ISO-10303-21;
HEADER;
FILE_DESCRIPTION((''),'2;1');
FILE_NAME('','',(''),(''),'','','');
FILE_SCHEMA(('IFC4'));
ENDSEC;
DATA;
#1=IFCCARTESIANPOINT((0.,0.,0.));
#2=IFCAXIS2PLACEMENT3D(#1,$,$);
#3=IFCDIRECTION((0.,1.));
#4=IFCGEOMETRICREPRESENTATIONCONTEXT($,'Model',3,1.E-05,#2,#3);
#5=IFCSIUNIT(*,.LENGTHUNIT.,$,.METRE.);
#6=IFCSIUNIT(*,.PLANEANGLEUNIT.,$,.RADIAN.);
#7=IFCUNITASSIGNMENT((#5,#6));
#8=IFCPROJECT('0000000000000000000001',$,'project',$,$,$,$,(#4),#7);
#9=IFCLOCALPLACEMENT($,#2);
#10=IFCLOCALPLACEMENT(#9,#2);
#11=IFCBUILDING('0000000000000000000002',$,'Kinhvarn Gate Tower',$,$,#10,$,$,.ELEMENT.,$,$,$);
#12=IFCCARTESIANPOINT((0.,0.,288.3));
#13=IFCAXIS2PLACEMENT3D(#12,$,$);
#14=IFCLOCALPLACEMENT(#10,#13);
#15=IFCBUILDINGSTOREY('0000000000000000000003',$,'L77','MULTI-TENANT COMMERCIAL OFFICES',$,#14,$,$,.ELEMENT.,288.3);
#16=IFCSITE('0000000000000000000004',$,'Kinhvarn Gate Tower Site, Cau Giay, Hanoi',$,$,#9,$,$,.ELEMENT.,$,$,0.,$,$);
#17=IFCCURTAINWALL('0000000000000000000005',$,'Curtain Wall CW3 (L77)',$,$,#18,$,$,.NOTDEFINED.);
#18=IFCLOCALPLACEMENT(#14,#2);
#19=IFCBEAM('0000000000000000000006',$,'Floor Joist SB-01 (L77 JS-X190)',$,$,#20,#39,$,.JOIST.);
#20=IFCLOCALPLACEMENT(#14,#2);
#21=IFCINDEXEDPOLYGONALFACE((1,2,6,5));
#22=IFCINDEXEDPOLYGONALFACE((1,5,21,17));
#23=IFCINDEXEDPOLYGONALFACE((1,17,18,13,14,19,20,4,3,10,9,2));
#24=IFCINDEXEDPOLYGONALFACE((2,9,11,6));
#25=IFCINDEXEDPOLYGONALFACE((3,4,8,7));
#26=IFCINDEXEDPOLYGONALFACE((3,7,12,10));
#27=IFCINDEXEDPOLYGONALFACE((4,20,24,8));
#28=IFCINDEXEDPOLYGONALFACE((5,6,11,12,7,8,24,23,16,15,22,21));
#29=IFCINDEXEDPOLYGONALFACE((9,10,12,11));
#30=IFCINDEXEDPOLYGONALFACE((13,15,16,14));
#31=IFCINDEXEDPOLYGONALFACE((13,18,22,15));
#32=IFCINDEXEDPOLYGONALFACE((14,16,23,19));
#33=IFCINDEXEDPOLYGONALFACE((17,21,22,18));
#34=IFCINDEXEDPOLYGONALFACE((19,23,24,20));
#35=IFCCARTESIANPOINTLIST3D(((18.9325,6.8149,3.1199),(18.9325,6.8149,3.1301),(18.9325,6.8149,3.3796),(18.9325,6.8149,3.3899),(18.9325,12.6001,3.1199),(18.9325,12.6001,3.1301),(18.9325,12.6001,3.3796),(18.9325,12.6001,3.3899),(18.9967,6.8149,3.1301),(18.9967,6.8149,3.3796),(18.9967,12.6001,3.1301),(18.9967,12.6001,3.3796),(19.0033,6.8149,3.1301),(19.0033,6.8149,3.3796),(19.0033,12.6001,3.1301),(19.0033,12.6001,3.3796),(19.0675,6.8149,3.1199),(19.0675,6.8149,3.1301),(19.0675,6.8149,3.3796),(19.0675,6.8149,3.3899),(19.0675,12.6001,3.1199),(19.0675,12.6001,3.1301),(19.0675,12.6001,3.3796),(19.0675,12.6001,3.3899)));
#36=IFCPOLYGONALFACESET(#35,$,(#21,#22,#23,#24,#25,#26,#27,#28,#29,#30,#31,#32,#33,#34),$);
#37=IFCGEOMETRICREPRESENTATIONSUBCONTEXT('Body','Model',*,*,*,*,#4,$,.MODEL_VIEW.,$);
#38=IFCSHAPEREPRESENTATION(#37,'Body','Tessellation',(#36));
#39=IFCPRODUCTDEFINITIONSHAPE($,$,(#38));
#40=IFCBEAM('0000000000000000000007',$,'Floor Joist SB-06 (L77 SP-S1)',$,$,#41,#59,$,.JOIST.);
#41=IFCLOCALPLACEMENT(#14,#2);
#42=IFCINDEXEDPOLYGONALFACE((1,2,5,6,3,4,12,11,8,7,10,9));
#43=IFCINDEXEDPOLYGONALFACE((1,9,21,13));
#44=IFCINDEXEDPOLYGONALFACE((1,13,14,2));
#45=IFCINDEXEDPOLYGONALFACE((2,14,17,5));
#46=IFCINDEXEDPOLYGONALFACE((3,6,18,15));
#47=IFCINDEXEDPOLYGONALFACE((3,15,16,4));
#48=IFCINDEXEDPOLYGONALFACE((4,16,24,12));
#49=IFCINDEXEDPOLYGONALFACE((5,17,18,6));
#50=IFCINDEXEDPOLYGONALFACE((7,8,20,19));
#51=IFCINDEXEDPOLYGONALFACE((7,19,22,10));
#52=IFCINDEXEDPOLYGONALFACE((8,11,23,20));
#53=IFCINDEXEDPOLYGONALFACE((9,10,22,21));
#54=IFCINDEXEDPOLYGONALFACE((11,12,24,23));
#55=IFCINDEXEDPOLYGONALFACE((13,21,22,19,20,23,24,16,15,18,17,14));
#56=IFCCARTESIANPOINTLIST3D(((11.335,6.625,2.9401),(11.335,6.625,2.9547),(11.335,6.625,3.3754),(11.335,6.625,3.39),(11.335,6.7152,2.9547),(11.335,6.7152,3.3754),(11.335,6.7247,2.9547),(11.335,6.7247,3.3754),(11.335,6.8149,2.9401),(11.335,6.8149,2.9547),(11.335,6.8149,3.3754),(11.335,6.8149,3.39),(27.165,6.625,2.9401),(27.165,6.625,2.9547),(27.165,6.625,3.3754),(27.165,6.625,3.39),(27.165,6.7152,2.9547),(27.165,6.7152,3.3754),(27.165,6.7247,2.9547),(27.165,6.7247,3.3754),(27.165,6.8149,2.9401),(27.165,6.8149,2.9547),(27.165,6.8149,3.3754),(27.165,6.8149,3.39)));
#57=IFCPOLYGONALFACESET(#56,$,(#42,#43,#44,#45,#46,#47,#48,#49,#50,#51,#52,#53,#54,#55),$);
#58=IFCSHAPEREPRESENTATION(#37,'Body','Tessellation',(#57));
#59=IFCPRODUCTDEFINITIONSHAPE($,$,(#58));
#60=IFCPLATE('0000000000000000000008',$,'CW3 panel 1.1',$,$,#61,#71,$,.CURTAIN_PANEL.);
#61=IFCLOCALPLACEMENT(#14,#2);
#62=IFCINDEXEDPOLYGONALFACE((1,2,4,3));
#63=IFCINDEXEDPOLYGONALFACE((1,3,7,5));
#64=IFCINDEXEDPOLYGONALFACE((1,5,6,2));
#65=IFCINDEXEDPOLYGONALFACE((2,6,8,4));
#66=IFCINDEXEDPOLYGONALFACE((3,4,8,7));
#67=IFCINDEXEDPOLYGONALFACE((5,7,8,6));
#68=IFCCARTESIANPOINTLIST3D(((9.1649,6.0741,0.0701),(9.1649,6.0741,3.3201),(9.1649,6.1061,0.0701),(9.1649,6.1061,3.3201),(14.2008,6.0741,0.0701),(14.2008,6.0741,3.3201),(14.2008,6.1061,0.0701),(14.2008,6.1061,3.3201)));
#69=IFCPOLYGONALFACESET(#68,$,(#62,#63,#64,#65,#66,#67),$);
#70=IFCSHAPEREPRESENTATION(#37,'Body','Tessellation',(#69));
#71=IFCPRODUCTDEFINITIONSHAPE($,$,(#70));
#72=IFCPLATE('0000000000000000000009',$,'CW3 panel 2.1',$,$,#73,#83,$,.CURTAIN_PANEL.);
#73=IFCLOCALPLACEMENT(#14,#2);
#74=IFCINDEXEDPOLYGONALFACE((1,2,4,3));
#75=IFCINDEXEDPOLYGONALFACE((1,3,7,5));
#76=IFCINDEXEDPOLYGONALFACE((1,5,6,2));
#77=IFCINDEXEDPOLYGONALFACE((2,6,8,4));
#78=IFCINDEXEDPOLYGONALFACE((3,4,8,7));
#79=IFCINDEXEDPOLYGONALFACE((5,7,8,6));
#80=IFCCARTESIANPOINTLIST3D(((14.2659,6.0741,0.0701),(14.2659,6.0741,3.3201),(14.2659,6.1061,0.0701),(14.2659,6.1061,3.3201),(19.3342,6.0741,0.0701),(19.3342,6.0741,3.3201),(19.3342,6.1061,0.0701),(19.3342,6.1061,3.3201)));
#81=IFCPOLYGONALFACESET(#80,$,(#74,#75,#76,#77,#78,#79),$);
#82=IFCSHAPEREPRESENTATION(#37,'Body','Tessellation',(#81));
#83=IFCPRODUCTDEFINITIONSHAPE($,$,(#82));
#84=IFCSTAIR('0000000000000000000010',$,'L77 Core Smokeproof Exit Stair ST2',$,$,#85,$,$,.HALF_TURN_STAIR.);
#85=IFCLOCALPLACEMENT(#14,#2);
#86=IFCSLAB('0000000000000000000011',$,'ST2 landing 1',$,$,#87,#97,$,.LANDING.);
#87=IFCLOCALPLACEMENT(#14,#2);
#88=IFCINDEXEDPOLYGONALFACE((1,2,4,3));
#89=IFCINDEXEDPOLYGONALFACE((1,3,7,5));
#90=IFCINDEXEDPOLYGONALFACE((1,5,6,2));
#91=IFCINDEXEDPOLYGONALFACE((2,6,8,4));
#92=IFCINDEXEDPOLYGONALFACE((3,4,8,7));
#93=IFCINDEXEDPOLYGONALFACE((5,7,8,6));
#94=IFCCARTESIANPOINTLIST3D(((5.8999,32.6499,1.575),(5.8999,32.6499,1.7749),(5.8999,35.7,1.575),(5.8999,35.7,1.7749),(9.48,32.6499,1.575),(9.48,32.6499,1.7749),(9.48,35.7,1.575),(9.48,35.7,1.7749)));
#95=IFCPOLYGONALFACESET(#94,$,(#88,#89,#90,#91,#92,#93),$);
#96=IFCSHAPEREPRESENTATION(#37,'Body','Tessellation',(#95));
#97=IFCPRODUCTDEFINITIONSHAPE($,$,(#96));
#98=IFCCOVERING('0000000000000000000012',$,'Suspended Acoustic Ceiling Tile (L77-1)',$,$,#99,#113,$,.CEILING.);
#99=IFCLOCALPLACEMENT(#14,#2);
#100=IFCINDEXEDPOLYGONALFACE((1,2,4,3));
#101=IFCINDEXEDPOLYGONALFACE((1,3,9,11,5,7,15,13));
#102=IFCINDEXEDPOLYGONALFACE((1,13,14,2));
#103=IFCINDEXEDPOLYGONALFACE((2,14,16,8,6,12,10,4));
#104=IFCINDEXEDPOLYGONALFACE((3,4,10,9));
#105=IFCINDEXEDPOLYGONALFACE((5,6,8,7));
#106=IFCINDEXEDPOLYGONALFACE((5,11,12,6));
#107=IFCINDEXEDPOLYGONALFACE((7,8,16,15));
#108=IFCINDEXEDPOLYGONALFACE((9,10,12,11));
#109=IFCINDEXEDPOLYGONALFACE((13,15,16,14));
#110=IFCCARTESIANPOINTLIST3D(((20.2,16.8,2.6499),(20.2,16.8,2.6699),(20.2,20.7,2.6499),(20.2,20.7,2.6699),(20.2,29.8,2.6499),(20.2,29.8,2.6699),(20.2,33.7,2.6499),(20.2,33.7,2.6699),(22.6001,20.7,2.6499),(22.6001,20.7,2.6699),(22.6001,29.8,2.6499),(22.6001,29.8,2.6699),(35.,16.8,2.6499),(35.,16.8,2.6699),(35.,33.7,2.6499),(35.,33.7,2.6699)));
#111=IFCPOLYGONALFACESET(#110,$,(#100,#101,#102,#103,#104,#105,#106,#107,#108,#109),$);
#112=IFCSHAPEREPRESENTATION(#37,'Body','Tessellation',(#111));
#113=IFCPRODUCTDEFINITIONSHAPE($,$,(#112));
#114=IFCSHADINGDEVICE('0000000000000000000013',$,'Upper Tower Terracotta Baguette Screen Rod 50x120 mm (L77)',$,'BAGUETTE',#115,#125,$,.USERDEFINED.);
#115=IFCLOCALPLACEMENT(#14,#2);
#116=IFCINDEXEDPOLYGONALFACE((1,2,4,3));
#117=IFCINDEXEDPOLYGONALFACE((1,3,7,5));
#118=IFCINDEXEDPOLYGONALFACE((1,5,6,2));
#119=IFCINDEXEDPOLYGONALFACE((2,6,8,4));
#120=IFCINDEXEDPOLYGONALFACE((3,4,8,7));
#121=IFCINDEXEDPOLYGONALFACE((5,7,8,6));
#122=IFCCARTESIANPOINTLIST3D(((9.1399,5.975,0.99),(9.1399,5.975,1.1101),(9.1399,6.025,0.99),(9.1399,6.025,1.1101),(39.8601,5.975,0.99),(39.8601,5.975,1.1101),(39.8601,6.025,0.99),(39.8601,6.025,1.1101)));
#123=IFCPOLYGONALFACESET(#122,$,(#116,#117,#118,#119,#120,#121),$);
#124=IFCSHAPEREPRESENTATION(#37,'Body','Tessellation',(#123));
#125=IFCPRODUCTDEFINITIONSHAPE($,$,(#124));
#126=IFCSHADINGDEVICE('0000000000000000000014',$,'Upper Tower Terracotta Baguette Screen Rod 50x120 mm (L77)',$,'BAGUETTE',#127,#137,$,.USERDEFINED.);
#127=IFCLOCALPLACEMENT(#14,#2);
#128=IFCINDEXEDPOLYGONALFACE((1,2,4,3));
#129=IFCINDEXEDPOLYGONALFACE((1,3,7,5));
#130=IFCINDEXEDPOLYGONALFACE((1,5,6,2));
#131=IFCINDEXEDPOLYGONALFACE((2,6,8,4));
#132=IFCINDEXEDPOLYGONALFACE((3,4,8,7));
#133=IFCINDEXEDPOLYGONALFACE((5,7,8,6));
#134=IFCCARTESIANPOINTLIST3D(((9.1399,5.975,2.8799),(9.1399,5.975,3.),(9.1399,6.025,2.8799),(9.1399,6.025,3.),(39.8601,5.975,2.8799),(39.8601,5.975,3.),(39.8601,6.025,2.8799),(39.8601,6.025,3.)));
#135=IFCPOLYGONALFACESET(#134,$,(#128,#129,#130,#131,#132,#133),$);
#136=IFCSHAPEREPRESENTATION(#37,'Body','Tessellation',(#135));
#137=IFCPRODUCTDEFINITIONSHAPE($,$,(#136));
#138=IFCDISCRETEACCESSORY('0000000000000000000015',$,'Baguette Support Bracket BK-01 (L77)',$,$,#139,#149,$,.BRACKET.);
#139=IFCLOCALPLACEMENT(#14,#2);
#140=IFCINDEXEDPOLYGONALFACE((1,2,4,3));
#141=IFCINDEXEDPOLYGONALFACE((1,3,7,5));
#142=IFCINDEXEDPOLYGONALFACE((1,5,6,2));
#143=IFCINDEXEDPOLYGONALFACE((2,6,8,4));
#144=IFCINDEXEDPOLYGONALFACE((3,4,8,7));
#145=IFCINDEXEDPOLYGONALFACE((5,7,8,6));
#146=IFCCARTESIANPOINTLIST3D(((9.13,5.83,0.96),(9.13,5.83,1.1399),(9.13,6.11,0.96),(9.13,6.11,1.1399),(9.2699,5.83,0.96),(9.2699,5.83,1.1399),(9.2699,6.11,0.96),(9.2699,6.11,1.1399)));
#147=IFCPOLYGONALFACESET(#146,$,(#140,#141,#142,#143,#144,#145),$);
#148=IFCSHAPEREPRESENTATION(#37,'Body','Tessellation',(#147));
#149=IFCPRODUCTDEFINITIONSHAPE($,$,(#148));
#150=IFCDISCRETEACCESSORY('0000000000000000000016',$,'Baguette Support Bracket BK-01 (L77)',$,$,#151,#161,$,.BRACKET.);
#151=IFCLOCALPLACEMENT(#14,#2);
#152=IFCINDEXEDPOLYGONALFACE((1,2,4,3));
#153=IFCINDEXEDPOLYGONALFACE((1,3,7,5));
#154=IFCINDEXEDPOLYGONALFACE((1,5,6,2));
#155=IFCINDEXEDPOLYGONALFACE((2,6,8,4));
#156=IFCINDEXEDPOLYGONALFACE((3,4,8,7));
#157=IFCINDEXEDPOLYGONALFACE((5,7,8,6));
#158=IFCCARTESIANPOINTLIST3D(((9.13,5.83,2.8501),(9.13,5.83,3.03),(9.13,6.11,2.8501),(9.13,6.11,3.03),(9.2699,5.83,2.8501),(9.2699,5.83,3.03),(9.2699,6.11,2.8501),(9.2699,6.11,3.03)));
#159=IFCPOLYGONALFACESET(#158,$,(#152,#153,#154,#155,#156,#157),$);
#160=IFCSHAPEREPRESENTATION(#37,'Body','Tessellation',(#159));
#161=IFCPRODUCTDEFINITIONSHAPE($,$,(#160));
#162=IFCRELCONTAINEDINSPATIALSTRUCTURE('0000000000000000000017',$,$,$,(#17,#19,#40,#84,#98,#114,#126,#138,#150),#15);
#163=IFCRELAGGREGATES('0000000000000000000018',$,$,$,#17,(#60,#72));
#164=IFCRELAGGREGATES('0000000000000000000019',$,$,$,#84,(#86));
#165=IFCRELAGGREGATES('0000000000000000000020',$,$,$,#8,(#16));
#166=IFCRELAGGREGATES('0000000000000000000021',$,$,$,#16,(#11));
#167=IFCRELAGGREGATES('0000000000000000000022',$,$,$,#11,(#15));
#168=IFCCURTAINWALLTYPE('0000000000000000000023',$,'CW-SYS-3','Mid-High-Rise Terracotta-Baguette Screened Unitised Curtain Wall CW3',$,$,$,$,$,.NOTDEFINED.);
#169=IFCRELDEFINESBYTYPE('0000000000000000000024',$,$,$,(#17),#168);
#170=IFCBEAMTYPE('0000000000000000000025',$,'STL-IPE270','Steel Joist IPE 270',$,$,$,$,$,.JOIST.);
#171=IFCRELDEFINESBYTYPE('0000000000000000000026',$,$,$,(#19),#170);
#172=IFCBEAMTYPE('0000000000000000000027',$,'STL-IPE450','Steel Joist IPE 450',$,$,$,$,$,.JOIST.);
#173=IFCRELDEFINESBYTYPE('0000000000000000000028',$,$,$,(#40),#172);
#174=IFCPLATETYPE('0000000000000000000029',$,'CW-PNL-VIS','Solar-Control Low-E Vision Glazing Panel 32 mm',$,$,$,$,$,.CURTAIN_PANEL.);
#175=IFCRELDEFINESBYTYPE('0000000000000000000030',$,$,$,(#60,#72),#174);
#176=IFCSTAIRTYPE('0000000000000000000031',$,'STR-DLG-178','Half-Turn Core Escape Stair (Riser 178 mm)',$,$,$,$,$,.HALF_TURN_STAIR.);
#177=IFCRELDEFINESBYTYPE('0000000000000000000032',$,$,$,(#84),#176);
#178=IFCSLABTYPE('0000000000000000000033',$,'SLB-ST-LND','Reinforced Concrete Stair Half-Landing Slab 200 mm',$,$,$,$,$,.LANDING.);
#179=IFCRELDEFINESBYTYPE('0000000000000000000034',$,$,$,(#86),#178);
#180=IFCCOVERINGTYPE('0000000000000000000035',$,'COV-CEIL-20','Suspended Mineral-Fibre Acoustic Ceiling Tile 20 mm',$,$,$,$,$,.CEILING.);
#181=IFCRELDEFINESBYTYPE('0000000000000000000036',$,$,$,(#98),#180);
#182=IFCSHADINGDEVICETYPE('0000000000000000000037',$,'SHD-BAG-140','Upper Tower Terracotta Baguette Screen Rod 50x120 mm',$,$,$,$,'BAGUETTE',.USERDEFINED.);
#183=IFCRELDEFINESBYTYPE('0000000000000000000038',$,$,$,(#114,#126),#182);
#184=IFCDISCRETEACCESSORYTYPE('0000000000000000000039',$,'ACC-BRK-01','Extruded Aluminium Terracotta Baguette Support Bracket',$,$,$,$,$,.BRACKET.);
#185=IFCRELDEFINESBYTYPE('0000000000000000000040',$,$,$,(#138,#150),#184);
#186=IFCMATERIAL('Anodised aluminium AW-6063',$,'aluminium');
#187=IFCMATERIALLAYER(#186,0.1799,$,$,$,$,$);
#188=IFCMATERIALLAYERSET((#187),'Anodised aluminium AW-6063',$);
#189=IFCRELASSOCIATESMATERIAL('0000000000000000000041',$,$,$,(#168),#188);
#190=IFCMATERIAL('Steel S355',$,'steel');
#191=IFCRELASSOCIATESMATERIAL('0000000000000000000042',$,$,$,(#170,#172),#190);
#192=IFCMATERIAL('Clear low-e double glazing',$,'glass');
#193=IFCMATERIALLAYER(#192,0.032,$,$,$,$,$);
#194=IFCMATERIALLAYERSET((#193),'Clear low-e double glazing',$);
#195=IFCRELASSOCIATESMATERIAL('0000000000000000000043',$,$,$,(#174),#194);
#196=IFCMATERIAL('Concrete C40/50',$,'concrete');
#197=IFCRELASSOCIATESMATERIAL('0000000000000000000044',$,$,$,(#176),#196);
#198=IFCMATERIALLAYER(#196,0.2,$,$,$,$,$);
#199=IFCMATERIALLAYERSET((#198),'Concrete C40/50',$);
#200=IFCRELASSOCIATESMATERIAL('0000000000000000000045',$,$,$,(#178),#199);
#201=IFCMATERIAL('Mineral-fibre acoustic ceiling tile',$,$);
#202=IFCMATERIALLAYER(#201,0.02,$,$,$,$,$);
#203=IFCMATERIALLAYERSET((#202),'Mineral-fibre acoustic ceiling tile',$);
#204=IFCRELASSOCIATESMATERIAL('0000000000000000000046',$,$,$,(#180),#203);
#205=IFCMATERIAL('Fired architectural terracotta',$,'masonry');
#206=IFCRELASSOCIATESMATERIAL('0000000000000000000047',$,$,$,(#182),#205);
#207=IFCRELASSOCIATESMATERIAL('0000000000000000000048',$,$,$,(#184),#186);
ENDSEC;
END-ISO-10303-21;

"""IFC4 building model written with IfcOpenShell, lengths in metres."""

from ifc_helpers import new_model, si_unit, direction, frame, origin, origin_2d, place, context, subcontext, project, spatial, polyline, rectangle, i_section, outline, extrude, material, layer, layer_set, material_profile, profile_set, type_object, element, aggregate, save


model = new_model("IFC4")

# Units and contexts
model_context = context("Model", 3, precision=1e-05, world=origin(), true_north=direction((0.0, 1.0)))
body_context = subcontext(model_context, "Body", "Model", "MODEL_VIEW")
ifc_project = project(units=[si_unit("LENGTHUNIT", "METRE"), si_unit("PLANEANGLEUNIT", "RADIAN")], contexts=[model_context])

# Site, building, storey
site_placement = place(None, origin())
site = spatial("IfcSite", under=ifc_project, at=site_placement, Name="Kinhvarn Gate Tower Site, Cau Giay, Hanoi", CompositionType="ELEMENT", RefElevation=0.0)
building_placement = place(site_placement, origin())
building = spatial("IfcBuilding", under=site, at=building_placement, Name="Kinhvarn Gate Tower", CompositionType="ELEMENT")
storey_placement = place(building_placement, frame((0.0, 0.0, 288.3)))
storey = spatial("IfcBuildingStorey", under=building, at=storey_placement, Name="L77", Description="MULTI-TENANT COMMERCIAL OFFICES", CompositionType="ELEMENT", Elevation=288.3)

# Curtain wall
ifc_material_1 = material(Name="Anodised aluminium AW-6063", Category="aluminium")
ifc_layer_1 = layer(ifc_material_1, 0.1799)
ifc_layer_set_1 = layer_set([ifc_layer_1], Name="Anodised aluminium AW-6063")
curtain_wall_type = type_object("IfcCurtainWallType", Name="CW-SYS-3", Description="Mid-High-Rise Terracotta-Baguette Screened Unitised Curtain Wall CW3", PredefinedType="NOTDEFINED", material=ifc_layer_set_1)
curtain_wall_placement = place(storey_placement, origin())
curtain_wall = element("IfcCurtainWall", 1, at=curtain_wall_placement, inside=storey, type_object=curtain_wall_type, Name="Curtain Wall CW3 (L77)", PredefinedType="NOTDEFINED")

# Beams
ifc_material_2 = material(Name="Steel S355", Category="steel")
ifc_material_profile_1 = material_profile(ifc_material_2, i_section(OverallWidth=0.135, OverallDepth=0.27, WebThickness=0.0066, FlangeThickness=0.0103, at=origin_2d()), Name="IPE 270")
ifc_profile_set_1 = profile_set([ifc_material_profile_1], Name="Steel S355")
beam_type_1 = type_object("IfcBeamType", Name="STL-IPE270", Description="Steel Joist IPE 270", PredefinedType="JOIST", material=ifc_profile_set_1)
for number, where, z_axis, x_axis, name in (
    (2, (19.0, 6.8149, 3.2549), (0.0, 1.0, 0.0), (-1.0, 0.0, 0.0), "Floor Joist SB-01 (L77 JS-X190)"),
):
    element("IfcBeam", number, at=place(storey_placement, frame(where, z_axis=z_axis, x_axis=x_axis)), inside=storey, type_object=beam_type_1, Name=name, PredefinedType="JOIST", context=body_context, shape_type="SweptSolid", body=[
        extrude(i_section(OverallWidth=0.135, OverallDepth=0.27, WebThickness=0.0066, FlangeThickness=0.0103, at=origin_2d()), origin(), (0.0, 0.0, 1.0), 5.7852),
    ])
ifc_material_profile_2 = material_profile(ifc_material_2, i_section(OverallWidth=0.1899, OverallDepth=0.45, WebThickness=0.0095, FlangeThickness=0.0146, at=origin_2d()), Name="IPE 450")
ifc_profile_set_2 = profile_set([ifc_material_profile_2], Name="Steel S355")
beam_type_2 = type_object("IfcBeamType", Name="STL-IPE450", Description="Steel Joist IPE 450", PredefinedType="JOIST", material=ifc_profile_set_2)
beam_1_placement = place(storey_placement, frame((11.335, 6.72, 3.165), z_axis=(1.0, 0.0, 0.0), x_axis=(0.0, 1.0, 0.0)))
element("IfcBeam", 3, at=beam_1_placement, inside=storey, type_object=beam_type_2, Name="Floor Joist SB-06 (L77 SP-S1)", PredefinedType="JOIST", context=body_context, shape_type="SweptSolid", body=[
    extrude(i_section(OverallWidth=0.1899, OverallDepth=0.45, WebThickness=0.0095, FlangeThickness=0.0146, at=origin_2d()), origin(), (0.0, 0.0, 1.0), 15.8301),
])

# Plates
ifc_material_3 = material(Name="Clear low-e double glazing", Category="glass")
ifc_layer_2 = layer(ifc_material_3, 0.032)
ifc_layer_set_2 = layer_set([ifc_layer_2], Name="Clear low-e double glazing")
plate_type = type_object("IfcPlateType", Name="CW-PNL-VIS", Description="Solar-Control Low-E Vision Glazing Panel 32 mm", PredefinedType="CURTAIN_PANEL", material=ifc_layer_set_2)
plate_1_placement = place(storey_placement, frame((11.6829, 6.0901, 0.0701), z_axis=(0.0, 0.0, 1.0), x_axis=(1.0, 0.0, 0.0)))
plate_1 = element("IfcPlate", 4, at=plate_1_placement, type_object=plate_type, Name="CW3 panel 1.1", PredefinedType="CURTAIN_PANEL", context=body_context, shape_type="SweptSolid", body=[
    extrude(rectangle(XDim=5.0359, YDim=0.032, at=origin_2d()), origin(), (0.0, 0.0, 1.0), 3.25),
])
plate_2_placement = place(storey_placement, frame((16.8, 6.0901, 0.0701), z_axis=(0.0, 0.0, 1.0), x_axis=(1.0, 0.0, 0.0)))
plate_2 = element("IfcPlate", 5, at=plate_2_placement, type_object=plate_type, Name="CW3 panel 2.1", PredefinedType="CURTAIN_PANEL", context=body_context, shape_type="SweptSolid", body=[
    extrude(rectangle(XDim=5.0684, YDim=0.032, at=origin_2d()), origin(), (0.0, 0.0, 1.0), 3.25),
])
aggregate(curtain_wall, [plate_1, plate_2])

# Stair, slab
ifc_material_4 = material(Name="Concrete C40/50", Category="concrete")
stair_type = type_object("IfcStairType", Name="STR-DLG-178", Description="Half-Turn Core Escape Stair (Riser 178 mm)", PredefinedType="HALF_TURN_STAIR", material=ifc_material_4)
stair_placement = place(storey_placement, origin())
stair = element("IfcStair", 6, at=stair_placement, inside=storey, type_object=stair_type, Name="L77 Core Smokeproof Exit Stair ST2", PredefinedType="HALF_TURN_STAIR")
ifc_layer_3 = layer(ifc_material_4, 0.2)
ifc_layer_set_3 = layer_set([ifc_layer_3], Name="Concrete C40/50")
slab_type = type_object("IfcSlabType", Name="SLB-ST-LND", Description="Reinforced Concrete Stair Half-Landing Slab 200 mm", PredefinedType="LANDING", material=ifc_layer_set_3)
slab_placement = place(storey_placement, frame((0.0, 0.0, 1.575)))
slab = element("IfcSlab", 7, at=slab_placement, type_object=slab_type, Name="ST2 landing 1", PredefinedType="LANDING", context=body_context, shape_type="SweptSolid", body=[
    extrude(outline(polyline([(9.48, 35.7), (5.8999, 35.7), (5.8999, 32.6499), (9.48, 32.6499), (9.48, 35.7)])), origin(), (0.0, 0.0, 1.0), 0.2),
])
aggregate(stair, [slab])

# Covering
ifc_material_5 = material(Name="Mineral-fibre acoustic ceiling tile")
ifc_layer_4 = layer(ifc_material_5, 0.02)
ifc_layer_set_4 = layer_set([ifc_layer_4], Name="Mineral-fibre acoustic ceiling tile")
covering_type = type_object("IfcCoveringType", Name="COV-CEIL-20", Description="Suspended Mineral-Fibre Acoustic Ceiling Tile 20 mm", PredefinedType="CEILING", material=ifc_layer_set_4)
covering_placement = place(storey_placement, frame((0.0, 0.0, 2.6499)))
element("IfcCovering", 8, at=covering_placement, inside=storey, type_object=covering_type, Name="Suspended Acoustic Ceiling Tile (L77-1)", PredefinedType="CEILING", context=body_context, shape_type="SweptSolid", body=[
    extrude(outline(polyline([(35.0, 33.7), (35.0, 16.8), (20.2, 16.8), (20.2, 20.7), (22.6001, 20.7), (22.6001, 29.8), (20.2, 29.8), (20.2, 33.7), (35.0, 33.7)])), origin(), (0.0, 0.0, 1.0), 0.02),
])

# Shading devices
ifc_material_6 = material(Name="Fired architectural terracotta", Category="masonry")
ifc_material_profile_3 = material_profile(ifc_material_6, rectangle(XDim=0.05, YDim=0.1201, at=origin_2d()), Name="TC 50x120")
ifc_profile_set_3 = profile_set([ifc_material_profile_3], Name="Fired architectural terracotta")
shading_device_type = type_object("IfcShadingDeviceType", Name="SHD-BAG-140", Description="Upper Tower Terracotta Baguette Screen Rod 50x120 mm", ElementType="BAGUETTE", PredefinedType="USERDEFINED", material=ifc_profile_set_3)
for number, where, z_axis, x_axis, name in (
    (9, (9.1399, 6.0, 1.05), (1.0, 0.0, 0.0), (0.0, 1.0, 0.0), "Upper Tower Terracotta Baguette Screen Rod 50x120 mm (L77)"),
    (10, (9.1399, 6.0, 2.9399), (1.0, 0.0, 0.0), (0.0, 1.0, 0.0), "Upper Tower Terracotta Baguette Screen Rod 50x120 mm (L77)"),
):
    element("IfcShadingDevice", number, at=place(storey_placement, frame(where, z_axis=z_axis, x_axis=x_axis)), inside=storey, type_object=shading_device_type, Name=name, ObjectType="BAGUETTE", PredefinedType="USERDEFINED", context=body_context, shape_type="SweptSolid", body=[
        extrude(rectangle(XDim=0.05, YDim=0.1201, at=origin_2d()), origin(), (0.0, 0.0, 1.0), 30.7202),
    ])

# Discrete accessories
discrete_accessory_type = type_object("IfcDiscreteAccessoryType", Name="ACC-BRK-01", Description="Extruded Aluminium Terracotta Baguette Support Bracket", PredefinedType="BRACKET", material=ifc_material_1)
for number, where, z_axis, x_axis, name in (
    (11, (9.2, 5.97, 0.96), (0.0, 0.0, 1.0), (1.0, 0.0, 0.0), "Baguette Support Bracket BK-01 (L77)"),
    (12, (9.2, 5.97, 2.8501), (0.0, 0.0, 1.0), (1.0, 0.0, 0.0), "Baguette Support Bracket BK-01 (L77)"),
):
    element("IfcDiscreteAccessory", number, at=place(storey_placement, frame(where, z_axis=z_axis, x_axis=x_axis)), inside=storey, type_object=discrete_accessory_type, Name=name, PredefinedType="BRACKET", context=body_context, shape_type="SweptSolid", body=[
        extrude(rectangle(XDim=0.1399, YDim=0.28, at=origin_2d()), origin(), (0.0, 0.0, 1.0), 0.1799),
    ])

save(model, "model.ifc")
